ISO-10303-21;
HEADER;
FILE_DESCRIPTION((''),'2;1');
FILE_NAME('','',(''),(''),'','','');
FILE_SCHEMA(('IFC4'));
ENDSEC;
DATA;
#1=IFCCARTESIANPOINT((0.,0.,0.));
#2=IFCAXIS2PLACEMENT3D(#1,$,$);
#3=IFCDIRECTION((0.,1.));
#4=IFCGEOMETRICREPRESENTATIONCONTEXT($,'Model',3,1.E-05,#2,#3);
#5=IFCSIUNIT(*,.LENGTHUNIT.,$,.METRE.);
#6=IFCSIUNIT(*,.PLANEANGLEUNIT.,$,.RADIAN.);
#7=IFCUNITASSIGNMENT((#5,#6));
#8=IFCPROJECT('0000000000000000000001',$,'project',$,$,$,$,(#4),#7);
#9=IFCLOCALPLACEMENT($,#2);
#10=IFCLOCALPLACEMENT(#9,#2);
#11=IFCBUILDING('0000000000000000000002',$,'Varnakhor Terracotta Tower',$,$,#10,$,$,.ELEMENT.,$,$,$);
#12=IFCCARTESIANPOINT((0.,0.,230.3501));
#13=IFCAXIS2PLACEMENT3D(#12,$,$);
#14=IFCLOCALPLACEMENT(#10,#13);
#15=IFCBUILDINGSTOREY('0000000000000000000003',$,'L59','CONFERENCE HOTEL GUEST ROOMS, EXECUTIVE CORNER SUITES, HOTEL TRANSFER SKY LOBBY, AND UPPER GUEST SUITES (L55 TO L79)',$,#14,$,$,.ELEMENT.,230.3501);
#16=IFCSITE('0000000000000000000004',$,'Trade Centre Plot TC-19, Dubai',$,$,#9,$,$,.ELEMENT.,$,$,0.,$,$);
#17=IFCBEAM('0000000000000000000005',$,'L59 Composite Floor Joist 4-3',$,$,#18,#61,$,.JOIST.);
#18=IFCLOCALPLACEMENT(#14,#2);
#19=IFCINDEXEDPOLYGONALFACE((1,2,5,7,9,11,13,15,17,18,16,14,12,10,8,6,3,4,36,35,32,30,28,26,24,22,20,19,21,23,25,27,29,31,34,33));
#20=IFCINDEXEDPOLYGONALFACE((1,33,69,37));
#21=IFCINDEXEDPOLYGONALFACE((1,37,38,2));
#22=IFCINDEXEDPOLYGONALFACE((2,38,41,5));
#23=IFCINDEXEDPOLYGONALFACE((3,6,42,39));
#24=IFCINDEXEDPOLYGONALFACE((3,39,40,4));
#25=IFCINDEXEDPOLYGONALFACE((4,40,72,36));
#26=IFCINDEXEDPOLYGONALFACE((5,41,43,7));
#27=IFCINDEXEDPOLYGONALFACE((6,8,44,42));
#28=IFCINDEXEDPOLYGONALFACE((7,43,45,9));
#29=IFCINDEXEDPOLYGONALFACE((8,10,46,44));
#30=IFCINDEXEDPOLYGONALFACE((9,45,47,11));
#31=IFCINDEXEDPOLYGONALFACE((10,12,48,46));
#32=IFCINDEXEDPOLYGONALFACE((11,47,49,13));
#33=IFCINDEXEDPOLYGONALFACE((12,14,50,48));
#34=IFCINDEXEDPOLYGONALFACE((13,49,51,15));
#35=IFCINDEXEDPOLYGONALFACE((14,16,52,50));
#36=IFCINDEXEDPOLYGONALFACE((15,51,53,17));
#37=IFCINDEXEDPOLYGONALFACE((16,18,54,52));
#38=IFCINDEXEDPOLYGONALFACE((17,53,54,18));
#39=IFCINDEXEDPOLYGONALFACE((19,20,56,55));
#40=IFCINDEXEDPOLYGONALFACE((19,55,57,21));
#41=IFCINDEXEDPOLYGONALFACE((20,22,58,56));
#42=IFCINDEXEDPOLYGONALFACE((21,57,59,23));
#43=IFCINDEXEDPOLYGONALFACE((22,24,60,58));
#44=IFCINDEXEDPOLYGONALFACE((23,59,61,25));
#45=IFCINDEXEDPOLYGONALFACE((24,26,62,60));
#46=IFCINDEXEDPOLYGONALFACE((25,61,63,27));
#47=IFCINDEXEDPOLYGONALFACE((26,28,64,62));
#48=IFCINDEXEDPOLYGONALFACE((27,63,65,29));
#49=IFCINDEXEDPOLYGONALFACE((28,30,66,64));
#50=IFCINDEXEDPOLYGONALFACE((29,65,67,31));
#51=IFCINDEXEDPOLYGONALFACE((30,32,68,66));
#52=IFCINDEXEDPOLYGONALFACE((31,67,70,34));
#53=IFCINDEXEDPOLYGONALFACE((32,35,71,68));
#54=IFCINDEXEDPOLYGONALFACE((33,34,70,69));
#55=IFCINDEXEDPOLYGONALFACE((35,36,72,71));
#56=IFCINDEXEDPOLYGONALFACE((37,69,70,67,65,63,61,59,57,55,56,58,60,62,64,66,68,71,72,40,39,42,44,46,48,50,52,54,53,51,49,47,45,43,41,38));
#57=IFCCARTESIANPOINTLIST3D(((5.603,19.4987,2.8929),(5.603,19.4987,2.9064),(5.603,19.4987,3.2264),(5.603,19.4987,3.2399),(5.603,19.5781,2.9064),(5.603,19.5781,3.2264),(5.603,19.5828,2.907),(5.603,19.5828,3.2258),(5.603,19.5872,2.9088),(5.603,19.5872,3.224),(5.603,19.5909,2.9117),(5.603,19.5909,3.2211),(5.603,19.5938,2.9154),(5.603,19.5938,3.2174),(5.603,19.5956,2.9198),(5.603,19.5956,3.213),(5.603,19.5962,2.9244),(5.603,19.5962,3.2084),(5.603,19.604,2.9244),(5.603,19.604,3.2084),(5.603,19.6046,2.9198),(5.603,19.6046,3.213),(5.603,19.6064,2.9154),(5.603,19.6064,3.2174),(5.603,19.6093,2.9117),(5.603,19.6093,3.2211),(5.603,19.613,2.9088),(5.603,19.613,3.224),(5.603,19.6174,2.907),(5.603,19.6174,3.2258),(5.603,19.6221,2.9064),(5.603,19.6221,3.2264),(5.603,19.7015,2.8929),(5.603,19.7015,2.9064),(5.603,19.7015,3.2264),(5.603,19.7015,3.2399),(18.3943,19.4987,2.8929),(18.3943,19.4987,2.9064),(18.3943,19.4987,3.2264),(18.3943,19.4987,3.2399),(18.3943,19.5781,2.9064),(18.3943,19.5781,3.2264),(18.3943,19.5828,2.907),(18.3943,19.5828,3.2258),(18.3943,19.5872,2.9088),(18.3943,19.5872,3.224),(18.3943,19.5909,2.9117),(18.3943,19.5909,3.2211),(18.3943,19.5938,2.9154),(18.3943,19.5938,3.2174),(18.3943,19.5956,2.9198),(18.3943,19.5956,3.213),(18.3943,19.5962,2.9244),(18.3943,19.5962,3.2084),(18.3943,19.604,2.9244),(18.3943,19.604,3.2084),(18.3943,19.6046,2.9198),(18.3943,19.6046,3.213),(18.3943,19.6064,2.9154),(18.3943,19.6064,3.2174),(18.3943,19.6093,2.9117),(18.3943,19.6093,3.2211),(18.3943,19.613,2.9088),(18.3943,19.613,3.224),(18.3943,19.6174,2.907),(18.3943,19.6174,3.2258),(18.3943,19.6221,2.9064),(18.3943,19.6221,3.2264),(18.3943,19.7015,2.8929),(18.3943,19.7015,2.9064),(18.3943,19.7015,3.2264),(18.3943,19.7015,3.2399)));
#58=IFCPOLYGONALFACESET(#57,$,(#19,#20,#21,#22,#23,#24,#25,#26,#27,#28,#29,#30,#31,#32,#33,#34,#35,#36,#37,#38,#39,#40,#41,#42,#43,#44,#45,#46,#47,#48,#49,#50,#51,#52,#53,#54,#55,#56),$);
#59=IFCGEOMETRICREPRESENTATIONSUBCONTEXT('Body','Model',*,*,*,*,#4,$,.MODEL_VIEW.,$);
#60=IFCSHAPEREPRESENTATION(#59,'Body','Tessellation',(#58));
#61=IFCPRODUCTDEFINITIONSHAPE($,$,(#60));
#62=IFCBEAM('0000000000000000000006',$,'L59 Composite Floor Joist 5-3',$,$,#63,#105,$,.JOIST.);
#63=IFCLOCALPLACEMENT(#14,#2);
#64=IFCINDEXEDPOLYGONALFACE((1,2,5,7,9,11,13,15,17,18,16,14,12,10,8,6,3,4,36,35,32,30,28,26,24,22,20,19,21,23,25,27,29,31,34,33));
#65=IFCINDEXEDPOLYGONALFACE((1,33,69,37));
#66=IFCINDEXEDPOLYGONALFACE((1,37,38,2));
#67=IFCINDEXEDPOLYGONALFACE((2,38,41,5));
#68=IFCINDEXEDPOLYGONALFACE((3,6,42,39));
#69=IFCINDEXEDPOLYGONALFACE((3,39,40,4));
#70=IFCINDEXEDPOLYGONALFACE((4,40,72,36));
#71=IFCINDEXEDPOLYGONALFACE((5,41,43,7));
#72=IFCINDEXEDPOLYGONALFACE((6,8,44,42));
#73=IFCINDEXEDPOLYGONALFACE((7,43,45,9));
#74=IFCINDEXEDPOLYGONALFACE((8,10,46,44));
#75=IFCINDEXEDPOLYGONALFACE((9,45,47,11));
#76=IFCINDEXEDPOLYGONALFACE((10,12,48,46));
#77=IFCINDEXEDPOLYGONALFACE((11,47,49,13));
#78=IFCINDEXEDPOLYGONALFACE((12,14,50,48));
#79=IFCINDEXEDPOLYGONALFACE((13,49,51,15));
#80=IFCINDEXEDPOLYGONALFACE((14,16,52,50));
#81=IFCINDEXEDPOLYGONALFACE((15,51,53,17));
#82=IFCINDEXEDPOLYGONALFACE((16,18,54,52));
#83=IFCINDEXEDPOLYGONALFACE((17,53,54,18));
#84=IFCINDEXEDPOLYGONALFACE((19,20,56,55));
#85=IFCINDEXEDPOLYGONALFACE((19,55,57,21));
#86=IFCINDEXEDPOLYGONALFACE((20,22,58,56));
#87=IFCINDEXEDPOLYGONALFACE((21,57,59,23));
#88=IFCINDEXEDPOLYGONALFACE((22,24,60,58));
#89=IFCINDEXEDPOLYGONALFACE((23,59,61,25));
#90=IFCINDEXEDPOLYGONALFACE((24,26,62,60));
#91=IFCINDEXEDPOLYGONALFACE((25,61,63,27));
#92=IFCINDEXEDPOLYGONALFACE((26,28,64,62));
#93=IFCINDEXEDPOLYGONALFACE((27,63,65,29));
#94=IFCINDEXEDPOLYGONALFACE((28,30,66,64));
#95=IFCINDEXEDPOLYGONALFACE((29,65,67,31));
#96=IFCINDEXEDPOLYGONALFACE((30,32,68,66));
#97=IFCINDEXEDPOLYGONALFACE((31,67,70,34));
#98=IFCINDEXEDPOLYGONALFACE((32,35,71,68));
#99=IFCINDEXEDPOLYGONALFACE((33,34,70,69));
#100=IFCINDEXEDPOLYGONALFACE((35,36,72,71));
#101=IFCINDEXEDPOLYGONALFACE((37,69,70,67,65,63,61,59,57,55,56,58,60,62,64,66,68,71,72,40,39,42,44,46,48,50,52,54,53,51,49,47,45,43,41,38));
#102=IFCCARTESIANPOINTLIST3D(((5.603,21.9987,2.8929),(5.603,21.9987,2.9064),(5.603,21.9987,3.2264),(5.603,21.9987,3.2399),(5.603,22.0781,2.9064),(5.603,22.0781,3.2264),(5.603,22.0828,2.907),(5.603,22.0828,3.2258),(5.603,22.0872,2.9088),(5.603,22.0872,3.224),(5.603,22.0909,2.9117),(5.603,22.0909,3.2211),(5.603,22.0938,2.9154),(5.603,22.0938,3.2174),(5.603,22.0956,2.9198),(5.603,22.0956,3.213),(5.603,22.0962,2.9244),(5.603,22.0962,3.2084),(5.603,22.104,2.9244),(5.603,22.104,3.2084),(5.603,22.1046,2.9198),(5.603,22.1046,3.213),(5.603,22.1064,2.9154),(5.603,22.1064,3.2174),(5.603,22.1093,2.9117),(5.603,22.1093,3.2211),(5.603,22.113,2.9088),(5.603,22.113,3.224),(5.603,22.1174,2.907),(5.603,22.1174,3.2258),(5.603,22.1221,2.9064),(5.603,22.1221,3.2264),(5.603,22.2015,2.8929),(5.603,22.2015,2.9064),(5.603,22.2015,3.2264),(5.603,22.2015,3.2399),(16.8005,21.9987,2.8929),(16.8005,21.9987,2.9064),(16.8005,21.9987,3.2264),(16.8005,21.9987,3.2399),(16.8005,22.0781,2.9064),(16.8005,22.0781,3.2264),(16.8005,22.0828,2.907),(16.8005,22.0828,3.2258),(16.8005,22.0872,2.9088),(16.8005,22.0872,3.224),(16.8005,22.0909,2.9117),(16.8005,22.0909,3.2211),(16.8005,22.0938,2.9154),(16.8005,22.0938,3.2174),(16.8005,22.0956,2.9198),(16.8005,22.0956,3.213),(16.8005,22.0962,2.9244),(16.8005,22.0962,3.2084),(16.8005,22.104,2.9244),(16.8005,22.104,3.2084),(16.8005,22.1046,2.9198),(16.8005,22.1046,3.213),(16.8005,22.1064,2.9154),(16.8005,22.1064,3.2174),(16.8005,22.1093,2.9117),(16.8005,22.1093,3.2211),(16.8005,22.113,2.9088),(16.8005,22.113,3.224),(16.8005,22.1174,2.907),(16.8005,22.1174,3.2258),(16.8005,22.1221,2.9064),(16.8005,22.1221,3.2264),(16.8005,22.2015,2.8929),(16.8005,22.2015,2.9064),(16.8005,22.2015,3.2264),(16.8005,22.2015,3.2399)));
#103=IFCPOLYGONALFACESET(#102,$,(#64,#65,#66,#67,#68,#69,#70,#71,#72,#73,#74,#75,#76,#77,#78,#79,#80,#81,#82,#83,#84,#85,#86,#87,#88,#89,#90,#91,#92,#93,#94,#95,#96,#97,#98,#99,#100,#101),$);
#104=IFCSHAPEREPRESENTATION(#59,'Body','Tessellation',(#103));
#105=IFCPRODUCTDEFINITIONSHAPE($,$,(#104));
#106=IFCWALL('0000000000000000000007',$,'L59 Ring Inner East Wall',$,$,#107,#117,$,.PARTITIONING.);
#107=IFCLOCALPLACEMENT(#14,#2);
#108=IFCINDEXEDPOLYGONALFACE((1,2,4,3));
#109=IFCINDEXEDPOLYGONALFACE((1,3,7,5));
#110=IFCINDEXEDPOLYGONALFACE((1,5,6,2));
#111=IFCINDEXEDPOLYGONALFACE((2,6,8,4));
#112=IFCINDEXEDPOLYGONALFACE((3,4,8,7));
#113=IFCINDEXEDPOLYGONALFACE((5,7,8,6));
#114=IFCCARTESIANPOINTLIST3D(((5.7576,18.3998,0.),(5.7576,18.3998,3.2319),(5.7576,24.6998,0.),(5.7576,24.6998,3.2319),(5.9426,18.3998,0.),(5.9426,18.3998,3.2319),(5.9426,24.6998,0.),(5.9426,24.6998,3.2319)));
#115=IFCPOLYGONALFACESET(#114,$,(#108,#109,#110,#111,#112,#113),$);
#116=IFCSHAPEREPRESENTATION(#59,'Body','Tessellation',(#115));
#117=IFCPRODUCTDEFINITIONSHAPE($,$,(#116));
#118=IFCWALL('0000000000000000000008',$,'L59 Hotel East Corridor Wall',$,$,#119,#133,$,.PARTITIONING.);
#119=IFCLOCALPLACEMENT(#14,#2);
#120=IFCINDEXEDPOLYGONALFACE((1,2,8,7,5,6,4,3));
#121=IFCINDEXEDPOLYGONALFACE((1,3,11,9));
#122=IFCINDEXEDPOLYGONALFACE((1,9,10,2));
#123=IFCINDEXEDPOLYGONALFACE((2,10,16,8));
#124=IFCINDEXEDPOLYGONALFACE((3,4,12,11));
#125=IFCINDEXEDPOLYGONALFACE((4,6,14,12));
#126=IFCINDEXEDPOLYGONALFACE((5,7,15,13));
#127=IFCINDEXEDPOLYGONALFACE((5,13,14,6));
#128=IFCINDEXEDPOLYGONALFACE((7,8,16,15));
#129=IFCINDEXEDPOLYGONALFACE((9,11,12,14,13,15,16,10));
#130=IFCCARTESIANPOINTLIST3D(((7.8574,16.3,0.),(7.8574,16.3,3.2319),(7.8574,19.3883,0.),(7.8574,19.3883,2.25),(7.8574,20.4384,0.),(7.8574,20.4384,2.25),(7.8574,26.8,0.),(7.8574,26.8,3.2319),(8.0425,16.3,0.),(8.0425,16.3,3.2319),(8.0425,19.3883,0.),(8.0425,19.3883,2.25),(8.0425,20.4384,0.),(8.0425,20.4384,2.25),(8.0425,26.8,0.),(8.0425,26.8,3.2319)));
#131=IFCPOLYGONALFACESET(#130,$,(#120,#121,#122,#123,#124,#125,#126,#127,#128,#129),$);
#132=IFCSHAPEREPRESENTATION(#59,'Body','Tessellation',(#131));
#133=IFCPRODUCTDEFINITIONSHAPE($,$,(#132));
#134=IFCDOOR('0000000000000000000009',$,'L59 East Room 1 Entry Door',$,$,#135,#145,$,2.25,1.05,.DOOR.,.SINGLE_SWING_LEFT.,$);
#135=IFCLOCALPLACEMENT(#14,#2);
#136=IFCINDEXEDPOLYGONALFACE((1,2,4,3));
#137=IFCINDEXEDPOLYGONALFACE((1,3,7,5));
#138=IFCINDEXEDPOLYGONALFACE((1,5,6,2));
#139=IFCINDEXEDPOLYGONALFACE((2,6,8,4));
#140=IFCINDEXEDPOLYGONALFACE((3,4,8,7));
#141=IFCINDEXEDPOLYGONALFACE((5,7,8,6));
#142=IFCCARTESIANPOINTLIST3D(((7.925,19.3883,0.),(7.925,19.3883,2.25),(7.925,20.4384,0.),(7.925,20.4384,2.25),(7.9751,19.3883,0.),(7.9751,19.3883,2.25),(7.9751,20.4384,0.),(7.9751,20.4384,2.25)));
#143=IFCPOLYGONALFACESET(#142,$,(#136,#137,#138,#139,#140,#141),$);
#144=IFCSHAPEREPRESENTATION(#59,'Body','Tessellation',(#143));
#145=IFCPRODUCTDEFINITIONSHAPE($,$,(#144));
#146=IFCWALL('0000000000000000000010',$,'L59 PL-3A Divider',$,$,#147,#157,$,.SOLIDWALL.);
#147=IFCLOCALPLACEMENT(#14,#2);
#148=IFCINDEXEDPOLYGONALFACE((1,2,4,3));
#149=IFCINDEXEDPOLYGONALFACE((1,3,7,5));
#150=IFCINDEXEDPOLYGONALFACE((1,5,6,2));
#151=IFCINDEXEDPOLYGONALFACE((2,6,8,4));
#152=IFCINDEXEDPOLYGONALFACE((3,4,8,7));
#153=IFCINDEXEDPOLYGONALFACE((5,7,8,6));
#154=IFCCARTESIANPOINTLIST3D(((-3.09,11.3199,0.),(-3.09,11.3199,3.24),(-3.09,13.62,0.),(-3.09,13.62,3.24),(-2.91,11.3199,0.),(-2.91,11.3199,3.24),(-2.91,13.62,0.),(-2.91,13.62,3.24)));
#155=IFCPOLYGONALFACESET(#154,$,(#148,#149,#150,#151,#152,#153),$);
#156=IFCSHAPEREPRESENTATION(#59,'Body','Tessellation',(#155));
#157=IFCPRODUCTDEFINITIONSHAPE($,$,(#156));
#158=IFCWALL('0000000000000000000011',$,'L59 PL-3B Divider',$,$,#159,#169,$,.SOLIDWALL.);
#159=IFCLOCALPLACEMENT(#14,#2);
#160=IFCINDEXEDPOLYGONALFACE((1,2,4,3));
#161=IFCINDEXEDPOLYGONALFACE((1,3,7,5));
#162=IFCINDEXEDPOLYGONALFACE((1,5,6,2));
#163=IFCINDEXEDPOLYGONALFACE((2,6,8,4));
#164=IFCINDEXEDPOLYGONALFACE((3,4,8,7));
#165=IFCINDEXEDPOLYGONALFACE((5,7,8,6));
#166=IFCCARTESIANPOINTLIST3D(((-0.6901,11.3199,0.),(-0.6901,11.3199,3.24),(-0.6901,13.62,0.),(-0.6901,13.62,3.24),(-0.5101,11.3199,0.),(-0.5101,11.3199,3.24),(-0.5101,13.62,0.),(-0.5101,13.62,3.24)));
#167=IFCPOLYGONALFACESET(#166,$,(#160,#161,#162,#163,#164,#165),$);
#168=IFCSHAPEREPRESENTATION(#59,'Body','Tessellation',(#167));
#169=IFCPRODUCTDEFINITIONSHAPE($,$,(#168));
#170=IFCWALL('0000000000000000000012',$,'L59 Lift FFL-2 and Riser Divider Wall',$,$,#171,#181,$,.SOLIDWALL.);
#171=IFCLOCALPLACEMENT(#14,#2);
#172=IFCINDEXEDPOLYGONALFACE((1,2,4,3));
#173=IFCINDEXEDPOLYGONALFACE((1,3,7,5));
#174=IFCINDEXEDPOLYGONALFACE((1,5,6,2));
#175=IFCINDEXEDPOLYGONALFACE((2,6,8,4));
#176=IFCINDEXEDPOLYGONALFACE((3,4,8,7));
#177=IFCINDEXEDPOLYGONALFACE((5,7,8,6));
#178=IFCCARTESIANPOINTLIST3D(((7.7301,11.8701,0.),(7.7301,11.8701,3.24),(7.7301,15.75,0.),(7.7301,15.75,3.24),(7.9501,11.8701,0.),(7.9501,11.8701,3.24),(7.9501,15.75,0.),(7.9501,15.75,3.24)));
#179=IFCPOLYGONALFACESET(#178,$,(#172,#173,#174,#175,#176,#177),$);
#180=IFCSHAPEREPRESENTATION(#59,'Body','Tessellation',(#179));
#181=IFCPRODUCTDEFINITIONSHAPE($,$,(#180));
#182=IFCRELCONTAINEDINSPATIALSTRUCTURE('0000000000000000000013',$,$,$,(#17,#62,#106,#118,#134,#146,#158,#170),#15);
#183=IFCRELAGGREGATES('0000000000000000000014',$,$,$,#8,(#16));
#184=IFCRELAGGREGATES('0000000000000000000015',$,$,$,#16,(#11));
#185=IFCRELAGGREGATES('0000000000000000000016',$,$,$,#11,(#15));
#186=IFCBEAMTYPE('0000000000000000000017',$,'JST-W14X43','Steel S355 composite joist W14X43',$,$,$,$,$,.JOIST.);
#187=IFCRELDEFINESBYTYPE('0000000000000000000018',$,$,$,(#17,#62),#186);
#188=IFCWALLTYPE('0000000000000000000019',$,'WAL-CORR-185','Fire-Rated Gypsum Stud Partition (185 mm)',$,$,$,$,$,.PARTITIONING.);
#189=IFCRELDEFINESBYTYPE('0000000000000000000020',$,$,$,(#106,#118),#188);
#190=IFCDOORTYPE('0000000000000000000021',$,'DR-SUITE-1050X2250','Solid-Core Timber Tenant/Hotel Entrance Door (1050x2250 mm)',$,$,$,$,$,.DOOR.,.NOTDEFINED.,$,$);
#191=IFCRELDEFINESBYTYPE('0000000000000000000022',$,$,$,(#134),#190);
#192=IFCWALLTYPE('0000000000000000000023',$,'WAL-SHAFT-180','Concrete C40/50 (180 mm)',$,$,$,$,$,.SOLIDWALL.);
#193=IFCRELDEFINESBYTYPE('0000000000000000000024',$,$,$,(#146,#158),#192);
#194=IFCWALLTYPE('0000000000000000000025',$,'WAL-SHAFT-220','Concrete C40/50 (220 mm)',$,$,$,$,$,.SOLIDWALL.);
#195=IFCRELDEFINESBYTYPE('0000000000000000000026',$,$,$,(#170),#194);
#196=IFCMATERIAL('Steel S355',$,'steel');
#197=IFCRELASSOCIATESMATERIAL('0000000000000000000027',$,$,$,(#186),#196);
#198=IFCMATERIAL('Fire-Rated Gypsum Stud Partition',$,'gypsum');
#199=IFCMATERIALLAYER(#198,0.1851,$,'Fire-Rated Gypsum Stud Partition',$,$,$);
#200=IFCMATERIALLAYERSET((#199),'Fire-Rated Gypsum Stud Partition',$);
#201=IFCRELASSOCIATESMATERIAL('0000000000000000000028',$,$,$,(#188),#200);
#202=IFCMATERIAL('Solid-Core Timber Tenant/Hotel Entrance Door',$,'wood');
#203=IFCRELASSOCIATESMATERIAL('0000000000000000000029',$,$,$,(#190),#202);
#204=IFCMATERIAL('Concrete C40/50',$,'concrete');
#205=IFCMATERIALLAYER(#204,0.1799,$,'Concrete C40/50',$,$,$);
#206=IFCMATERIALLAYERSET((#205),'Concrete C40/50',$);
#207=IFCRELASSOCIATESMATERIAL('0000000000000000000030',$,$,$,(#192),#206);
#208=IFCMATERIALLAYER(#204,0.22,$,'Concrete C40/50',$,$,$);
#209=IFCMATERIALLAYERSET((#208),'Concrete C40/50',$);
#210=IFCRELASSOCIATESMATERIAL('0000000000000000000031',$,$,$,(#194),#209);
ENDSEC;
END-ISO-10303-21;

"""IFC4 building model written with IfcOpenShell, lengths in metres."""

from ifc_helpers import new_model, si_unit, direction, frame, frame_2d, origin, origin_2d, place, context, subcontext, project, spatial, rectangle, i_section, extrude, source, transform, mapped, material, layer, layer_set, material_profile, profile_set, type_object, type_shapes, element, fill, save


model = new_model("IFC4")

# Units and contexts
model_context = context("Model", 3, precision=1e-05, world=origin(), true_north=direction((0.0, 1.0)))
body_context = subcontext(model_context, "Body", "Model", "MODEL_VIEW")
ifc_project = project(units=[si_unit("LENGTHUNIT", "METRE"), si_unit("PLANEANGLEUNIT", "RADIAN")], contexts=[model_context])

# Site, building, storey
site_placement = place(None, origin())
site = spatial("IfcSite", under=ifc_project, at=site_placement, Name="Trade Centre Plot TC-19, Dubai", CompositionType="ELEMENT", RefElevation=0.0)
building_placement = place(site_placement, origin())
building = spatial("IfcBuilding", under=site, at=building_placement, Name="Varnakhor Terracotta Tower", CompositionType="ELEMENT")
storey_placement = place(building_placement, frame((0.0, 0.0, 230.3501)))
storey = spatial("IfcBuildingStorey", under=building, at=storey_placement, Name="L59", Description="CONFERENCE HOTEL GUEST ROOMS, EXECUTIVE CORNER SUITES, HOTEL TRANSFER SKY LOBBY, AND UPPER GUEST SUITES (L55 TO L79)", CompositionType="ELEMENT", Elevation=230.3501)

# Beams
ifc_material_1 = material(Name="Steel S355", Category="steel")
ifc_material_profile_1 = material_profile(ifc_material_1, i_section(OverallWidth=0.2029, OverallDepth=0.3469, WebThickness=0.0078, FlangeThickness=0.0134, FilletRadius=0.0181, at=origin_2d()), Name="W14X43")
ifc_profile_set_1 = profile_set([ifc_material_profile_1], Name="Steel S355")
beam_type_1 = type_object("IfcBeamType", Name="JST-W14X43", Description="Steel S355 composite joist W14X43", PredefinedType="JOIST", material=ifc_profile_set_1)
shared_shape_1 = source(origin(), body_context, "Body", "SweptSolid", [
    extrude(i_section(OverallWidth=0.2029, OverallDepth=0.3469, WebThickness=0.0078, FlangeThickness=0.0134, FilletRadius=0.0181, at=origin_2d()), origin(), (0.0, 0.0, 1.0), 12.7913),
])
beam_1_placement = place(storey_placement, frame((5.603, 19.6001, 3.0664), z_axis=(1.0, 0.0, 0.0), x_axis=(0.0, 1.0, 0.0)))
element("IfcBeam", 1, at=beam_1_placement, inside=storey, type_object=beam_type_1, Name="L59 Composite Floor Joist 4-3", PredefinedType="JOIST", context=body_context, shape_type="MappedRepresentation", body=[
    mapped(shared_shape_1, transform((0.0, 0.0, 0.0), scale=1.0)),
])
shared_shape_2 = source(origin(), body_context, "Body", "SweptSolid", [
    extrude(i_section(OverallWidth=0.2029, OverallDepth=0.3469, WebThickness=0.0078, FlangeThickness=0.0134, FilletRadius=0.0181, at=origin_2d()), origin(), (0.0, 0.0, 1.0), 11.1975),
])
beam_2_placement = place(storey_placement, frame((5.603, 22.1001, 3.0664), z_axis=(1.0, 0.0, 0.0), x_axis=(0.0, 1.0, 0.0)))
element("IfcBeam", 2, at=beam_2_placement, inside=storey, type_object=beam_type_1, Name="L59 Composite Floor Joist 5-3", PredefinedType="JOIST", context=body_context, shape_type="MappedRepresentation", body=[
    mapped(shared_shape_2, transform((0.0, 0.0, 0.0), scale=1.0)),
])

# Wall
ifc_material_2 = material(Name="Fire-Rated Gypsum Stud Partition", Category="gypsum")
ifc_layer_1 = layer(ifc_material_2, 0.1851, Name="Fire-Rated Gypsum Stud Partition")
ifc_layer_set_1 = layer_set([ifc_layer_1], Name="Fire-Rated Gypsum Stud Partition")
wall_type_1 = type_object("IfcWallType", Name="WAL-CORR-185", Description="Fire-Rated Gypsum Stud Partition (185 mm)", PredefinedType="PARTITIONING", material=ifc_layer_set_1)
wall_1_placement = place(storey_placement, frame((5.8501, 18.3999, 0.0), z_axis=(0.0, 0.0, 1.0), x_axis=(0.0, 1.0, 0.0)))
element("IfcWall", 3, at=wall_1_placement, inside=storey, type_object=wall_type_1, Name="L59 Ring Inner East Wall", PredefinedType="PARTITIONING", context=body_context, shape_type="SweptSolid", body=[
    extrude(rectangle(XDim=6.3, YDim=0.1851, at=frame_2d((3.1499, 0.0))), origin(), (0.0, 0.0, 1.0), 3.2319),
])

# Wall, opening, door
wall_2_placement = place(storey_placement, frame((7.95, 16.3, 0.0), z_axis=(0.0, 0.0, 1.0), x_axis=(0.0, 1.0, 0.0)))
wall_2 = element("IfcWall", 4, at=wall_2_placement, inside=storey, type_object=wall_type_1, Name="L59 Hotel East Corridor Wall", PredefinedType="PARTITIONING", context=body_context, shape_type="SweptSolid", body=[
    extrude(rectangle(XDim=10.5, YDim=0.1851, at=frame_2d((5.25, 0.0))), origin(), (0.0, 0.0, 1.0), 3.2319),
])
opening_1_placement = place(wall_2_placement, frame((3.0884, 0.0, 0.0)))
opening_1 = element("IfcOpeningElement", 5, at=opening_1_placement, cuts=wall_2, PredefinedType="OPENING", context=body_context, shape_type="SweptSolid", body=[
    extrude(rectangle(XDim=1.05, YDim=2.25, at=frame_2d((0.5249, 1.125))), frame((0.0, 0.1025, 0.0), z_axis=(0.0, -1.0, 0.0), x_axis=(1.0, 0.0, 0.0)), (0.0, 0.0, 1.0), 0.2051),
])
ifc_material_3 = material(Name="Solid-Core Timber Tenant/Hotel Entrance Door", Category="wood")
door_type_1 = type_object("IfcDoorType", Name="DR-SUITE-1050X2250", Description="Solid-Core Timber Tenant/Hotel Entrance Door (1050x2250 mm)", OperationType="NOTDEFINED", PredefinedType="DOOR", material=ifc_material_3)
shared_shape_3 = source(origin(), body_context, "Body", "SweptSolid", [
    extrude(rectangle(XDim=1.05, YDim=2.25, at=frame_2d((0.5249, 1.125))), frame((0.0, 0.0249, 0.0), z_axis=(0.0, -1.0, 0.0), x_axis=(1.0, 0.0, 0.0)), (0.0, 0.0, 1.0), 0.05),
])
type_shapes(door_type_1, [shared_shape_3])
door_1_placement = place(opening_1_placement, origin())
door_1 = element("IfcDoor", 6, at=door_1_placement, inside=storey, type_object=door_type_1, Name="L59 East Room 1 Entry Door", OperationType="SINGLE_SWING_LEFT", OverallHeight=2.25, OverallWidth=1.05, PredefinedType="DOOR", context=body_context, shape_type="MappedRepresentation", body=[
    mapped(shared_shape_3, transform((0.0, 0.0, 0.0), scale=1.0)),
])
fill(opening_1, door_1)

# Walls
ifc_material_4 = material(Name="Concrete C40/50", Category="concrete")
ifc_layer_2 = layer(ifc_material_4, 0.1799, Name="Concrete C40/50")
ifc_layer_set_2 = layer_set([ifc_layer_2], Name="Concrete C40/50")
wall_type_2 = type_object("IfcWallType", Name="WAL-SHAFT-180", Description="Concrete C40/50 (180 mm)", PredefinedType="SOLIDWALL", material=ifc_layer_set_2)
for number, where, z_axis, x_axis, name in (
    (7, (-3.0, 11.3201, 0.0), (0.0, 0.0, 1.0), (0.0, 1.0, 0.0), "L59 PL-3A Divider"),
    (8, (-0.6001, 11.3201, 0.0), (0.0, 0.0, 1.0), (0.0, 1.0, 0.0), "L59 PL-3B Divider"),
):
    element("IfcWall", number, at=place(storey_placement, frame(where, z_axis=z_axis, x_axis=x_axis)), inside=storey, type_object=wall_type_2, Name=name, PredefinedType="SOLIDWALL", context=body_context, shape_type="SweptSolid", body=[
        extrude(rectangle(XDim=2.3, YDim=0.1799, at=frame_2d((1.1499, 0.0))), origin(), (0.0, 0.0, 1.0), 3.24),
    ])
ifc_layer_3 = layer(ifc_material_4, 0.22, Name="Concrete C40/50")
ifc_layer_set_3 = layer_set([ifc_layer_3], Name="Concrete C40/50")
wall_type_3 = type_object("IfcWallType", Name="WAL-SHAFT-220", Description="Concrete C40/50 (220 mm)", PredefinedType="SOLIDWALL", material=ifc_layer_set_3)
wall_3_placement = place(storey_placement, frame((7.8401, 11.8701, 0.0), z_axis=(0.0, 0.0, 1.0), x_axis=(0.0, 1.0, 0.0)))
element("IfcWall", 9, at=wall_3_placement, inside=storey, type_object=wall_type_3, Name="L59 Lift FFL-2 and Riser Divider Wall", PredefinedType="SOLIDWALL", context=body_context, shape_type="SweptSolid", body=[
    extrude(rectangle(XDim=3.8799, YDim=0.22, at=frame_2d((1.9399, 0.0))), origin(), (0.0, 0.0, 1.0), 3.24),
])

save(model, "model.ifc")
